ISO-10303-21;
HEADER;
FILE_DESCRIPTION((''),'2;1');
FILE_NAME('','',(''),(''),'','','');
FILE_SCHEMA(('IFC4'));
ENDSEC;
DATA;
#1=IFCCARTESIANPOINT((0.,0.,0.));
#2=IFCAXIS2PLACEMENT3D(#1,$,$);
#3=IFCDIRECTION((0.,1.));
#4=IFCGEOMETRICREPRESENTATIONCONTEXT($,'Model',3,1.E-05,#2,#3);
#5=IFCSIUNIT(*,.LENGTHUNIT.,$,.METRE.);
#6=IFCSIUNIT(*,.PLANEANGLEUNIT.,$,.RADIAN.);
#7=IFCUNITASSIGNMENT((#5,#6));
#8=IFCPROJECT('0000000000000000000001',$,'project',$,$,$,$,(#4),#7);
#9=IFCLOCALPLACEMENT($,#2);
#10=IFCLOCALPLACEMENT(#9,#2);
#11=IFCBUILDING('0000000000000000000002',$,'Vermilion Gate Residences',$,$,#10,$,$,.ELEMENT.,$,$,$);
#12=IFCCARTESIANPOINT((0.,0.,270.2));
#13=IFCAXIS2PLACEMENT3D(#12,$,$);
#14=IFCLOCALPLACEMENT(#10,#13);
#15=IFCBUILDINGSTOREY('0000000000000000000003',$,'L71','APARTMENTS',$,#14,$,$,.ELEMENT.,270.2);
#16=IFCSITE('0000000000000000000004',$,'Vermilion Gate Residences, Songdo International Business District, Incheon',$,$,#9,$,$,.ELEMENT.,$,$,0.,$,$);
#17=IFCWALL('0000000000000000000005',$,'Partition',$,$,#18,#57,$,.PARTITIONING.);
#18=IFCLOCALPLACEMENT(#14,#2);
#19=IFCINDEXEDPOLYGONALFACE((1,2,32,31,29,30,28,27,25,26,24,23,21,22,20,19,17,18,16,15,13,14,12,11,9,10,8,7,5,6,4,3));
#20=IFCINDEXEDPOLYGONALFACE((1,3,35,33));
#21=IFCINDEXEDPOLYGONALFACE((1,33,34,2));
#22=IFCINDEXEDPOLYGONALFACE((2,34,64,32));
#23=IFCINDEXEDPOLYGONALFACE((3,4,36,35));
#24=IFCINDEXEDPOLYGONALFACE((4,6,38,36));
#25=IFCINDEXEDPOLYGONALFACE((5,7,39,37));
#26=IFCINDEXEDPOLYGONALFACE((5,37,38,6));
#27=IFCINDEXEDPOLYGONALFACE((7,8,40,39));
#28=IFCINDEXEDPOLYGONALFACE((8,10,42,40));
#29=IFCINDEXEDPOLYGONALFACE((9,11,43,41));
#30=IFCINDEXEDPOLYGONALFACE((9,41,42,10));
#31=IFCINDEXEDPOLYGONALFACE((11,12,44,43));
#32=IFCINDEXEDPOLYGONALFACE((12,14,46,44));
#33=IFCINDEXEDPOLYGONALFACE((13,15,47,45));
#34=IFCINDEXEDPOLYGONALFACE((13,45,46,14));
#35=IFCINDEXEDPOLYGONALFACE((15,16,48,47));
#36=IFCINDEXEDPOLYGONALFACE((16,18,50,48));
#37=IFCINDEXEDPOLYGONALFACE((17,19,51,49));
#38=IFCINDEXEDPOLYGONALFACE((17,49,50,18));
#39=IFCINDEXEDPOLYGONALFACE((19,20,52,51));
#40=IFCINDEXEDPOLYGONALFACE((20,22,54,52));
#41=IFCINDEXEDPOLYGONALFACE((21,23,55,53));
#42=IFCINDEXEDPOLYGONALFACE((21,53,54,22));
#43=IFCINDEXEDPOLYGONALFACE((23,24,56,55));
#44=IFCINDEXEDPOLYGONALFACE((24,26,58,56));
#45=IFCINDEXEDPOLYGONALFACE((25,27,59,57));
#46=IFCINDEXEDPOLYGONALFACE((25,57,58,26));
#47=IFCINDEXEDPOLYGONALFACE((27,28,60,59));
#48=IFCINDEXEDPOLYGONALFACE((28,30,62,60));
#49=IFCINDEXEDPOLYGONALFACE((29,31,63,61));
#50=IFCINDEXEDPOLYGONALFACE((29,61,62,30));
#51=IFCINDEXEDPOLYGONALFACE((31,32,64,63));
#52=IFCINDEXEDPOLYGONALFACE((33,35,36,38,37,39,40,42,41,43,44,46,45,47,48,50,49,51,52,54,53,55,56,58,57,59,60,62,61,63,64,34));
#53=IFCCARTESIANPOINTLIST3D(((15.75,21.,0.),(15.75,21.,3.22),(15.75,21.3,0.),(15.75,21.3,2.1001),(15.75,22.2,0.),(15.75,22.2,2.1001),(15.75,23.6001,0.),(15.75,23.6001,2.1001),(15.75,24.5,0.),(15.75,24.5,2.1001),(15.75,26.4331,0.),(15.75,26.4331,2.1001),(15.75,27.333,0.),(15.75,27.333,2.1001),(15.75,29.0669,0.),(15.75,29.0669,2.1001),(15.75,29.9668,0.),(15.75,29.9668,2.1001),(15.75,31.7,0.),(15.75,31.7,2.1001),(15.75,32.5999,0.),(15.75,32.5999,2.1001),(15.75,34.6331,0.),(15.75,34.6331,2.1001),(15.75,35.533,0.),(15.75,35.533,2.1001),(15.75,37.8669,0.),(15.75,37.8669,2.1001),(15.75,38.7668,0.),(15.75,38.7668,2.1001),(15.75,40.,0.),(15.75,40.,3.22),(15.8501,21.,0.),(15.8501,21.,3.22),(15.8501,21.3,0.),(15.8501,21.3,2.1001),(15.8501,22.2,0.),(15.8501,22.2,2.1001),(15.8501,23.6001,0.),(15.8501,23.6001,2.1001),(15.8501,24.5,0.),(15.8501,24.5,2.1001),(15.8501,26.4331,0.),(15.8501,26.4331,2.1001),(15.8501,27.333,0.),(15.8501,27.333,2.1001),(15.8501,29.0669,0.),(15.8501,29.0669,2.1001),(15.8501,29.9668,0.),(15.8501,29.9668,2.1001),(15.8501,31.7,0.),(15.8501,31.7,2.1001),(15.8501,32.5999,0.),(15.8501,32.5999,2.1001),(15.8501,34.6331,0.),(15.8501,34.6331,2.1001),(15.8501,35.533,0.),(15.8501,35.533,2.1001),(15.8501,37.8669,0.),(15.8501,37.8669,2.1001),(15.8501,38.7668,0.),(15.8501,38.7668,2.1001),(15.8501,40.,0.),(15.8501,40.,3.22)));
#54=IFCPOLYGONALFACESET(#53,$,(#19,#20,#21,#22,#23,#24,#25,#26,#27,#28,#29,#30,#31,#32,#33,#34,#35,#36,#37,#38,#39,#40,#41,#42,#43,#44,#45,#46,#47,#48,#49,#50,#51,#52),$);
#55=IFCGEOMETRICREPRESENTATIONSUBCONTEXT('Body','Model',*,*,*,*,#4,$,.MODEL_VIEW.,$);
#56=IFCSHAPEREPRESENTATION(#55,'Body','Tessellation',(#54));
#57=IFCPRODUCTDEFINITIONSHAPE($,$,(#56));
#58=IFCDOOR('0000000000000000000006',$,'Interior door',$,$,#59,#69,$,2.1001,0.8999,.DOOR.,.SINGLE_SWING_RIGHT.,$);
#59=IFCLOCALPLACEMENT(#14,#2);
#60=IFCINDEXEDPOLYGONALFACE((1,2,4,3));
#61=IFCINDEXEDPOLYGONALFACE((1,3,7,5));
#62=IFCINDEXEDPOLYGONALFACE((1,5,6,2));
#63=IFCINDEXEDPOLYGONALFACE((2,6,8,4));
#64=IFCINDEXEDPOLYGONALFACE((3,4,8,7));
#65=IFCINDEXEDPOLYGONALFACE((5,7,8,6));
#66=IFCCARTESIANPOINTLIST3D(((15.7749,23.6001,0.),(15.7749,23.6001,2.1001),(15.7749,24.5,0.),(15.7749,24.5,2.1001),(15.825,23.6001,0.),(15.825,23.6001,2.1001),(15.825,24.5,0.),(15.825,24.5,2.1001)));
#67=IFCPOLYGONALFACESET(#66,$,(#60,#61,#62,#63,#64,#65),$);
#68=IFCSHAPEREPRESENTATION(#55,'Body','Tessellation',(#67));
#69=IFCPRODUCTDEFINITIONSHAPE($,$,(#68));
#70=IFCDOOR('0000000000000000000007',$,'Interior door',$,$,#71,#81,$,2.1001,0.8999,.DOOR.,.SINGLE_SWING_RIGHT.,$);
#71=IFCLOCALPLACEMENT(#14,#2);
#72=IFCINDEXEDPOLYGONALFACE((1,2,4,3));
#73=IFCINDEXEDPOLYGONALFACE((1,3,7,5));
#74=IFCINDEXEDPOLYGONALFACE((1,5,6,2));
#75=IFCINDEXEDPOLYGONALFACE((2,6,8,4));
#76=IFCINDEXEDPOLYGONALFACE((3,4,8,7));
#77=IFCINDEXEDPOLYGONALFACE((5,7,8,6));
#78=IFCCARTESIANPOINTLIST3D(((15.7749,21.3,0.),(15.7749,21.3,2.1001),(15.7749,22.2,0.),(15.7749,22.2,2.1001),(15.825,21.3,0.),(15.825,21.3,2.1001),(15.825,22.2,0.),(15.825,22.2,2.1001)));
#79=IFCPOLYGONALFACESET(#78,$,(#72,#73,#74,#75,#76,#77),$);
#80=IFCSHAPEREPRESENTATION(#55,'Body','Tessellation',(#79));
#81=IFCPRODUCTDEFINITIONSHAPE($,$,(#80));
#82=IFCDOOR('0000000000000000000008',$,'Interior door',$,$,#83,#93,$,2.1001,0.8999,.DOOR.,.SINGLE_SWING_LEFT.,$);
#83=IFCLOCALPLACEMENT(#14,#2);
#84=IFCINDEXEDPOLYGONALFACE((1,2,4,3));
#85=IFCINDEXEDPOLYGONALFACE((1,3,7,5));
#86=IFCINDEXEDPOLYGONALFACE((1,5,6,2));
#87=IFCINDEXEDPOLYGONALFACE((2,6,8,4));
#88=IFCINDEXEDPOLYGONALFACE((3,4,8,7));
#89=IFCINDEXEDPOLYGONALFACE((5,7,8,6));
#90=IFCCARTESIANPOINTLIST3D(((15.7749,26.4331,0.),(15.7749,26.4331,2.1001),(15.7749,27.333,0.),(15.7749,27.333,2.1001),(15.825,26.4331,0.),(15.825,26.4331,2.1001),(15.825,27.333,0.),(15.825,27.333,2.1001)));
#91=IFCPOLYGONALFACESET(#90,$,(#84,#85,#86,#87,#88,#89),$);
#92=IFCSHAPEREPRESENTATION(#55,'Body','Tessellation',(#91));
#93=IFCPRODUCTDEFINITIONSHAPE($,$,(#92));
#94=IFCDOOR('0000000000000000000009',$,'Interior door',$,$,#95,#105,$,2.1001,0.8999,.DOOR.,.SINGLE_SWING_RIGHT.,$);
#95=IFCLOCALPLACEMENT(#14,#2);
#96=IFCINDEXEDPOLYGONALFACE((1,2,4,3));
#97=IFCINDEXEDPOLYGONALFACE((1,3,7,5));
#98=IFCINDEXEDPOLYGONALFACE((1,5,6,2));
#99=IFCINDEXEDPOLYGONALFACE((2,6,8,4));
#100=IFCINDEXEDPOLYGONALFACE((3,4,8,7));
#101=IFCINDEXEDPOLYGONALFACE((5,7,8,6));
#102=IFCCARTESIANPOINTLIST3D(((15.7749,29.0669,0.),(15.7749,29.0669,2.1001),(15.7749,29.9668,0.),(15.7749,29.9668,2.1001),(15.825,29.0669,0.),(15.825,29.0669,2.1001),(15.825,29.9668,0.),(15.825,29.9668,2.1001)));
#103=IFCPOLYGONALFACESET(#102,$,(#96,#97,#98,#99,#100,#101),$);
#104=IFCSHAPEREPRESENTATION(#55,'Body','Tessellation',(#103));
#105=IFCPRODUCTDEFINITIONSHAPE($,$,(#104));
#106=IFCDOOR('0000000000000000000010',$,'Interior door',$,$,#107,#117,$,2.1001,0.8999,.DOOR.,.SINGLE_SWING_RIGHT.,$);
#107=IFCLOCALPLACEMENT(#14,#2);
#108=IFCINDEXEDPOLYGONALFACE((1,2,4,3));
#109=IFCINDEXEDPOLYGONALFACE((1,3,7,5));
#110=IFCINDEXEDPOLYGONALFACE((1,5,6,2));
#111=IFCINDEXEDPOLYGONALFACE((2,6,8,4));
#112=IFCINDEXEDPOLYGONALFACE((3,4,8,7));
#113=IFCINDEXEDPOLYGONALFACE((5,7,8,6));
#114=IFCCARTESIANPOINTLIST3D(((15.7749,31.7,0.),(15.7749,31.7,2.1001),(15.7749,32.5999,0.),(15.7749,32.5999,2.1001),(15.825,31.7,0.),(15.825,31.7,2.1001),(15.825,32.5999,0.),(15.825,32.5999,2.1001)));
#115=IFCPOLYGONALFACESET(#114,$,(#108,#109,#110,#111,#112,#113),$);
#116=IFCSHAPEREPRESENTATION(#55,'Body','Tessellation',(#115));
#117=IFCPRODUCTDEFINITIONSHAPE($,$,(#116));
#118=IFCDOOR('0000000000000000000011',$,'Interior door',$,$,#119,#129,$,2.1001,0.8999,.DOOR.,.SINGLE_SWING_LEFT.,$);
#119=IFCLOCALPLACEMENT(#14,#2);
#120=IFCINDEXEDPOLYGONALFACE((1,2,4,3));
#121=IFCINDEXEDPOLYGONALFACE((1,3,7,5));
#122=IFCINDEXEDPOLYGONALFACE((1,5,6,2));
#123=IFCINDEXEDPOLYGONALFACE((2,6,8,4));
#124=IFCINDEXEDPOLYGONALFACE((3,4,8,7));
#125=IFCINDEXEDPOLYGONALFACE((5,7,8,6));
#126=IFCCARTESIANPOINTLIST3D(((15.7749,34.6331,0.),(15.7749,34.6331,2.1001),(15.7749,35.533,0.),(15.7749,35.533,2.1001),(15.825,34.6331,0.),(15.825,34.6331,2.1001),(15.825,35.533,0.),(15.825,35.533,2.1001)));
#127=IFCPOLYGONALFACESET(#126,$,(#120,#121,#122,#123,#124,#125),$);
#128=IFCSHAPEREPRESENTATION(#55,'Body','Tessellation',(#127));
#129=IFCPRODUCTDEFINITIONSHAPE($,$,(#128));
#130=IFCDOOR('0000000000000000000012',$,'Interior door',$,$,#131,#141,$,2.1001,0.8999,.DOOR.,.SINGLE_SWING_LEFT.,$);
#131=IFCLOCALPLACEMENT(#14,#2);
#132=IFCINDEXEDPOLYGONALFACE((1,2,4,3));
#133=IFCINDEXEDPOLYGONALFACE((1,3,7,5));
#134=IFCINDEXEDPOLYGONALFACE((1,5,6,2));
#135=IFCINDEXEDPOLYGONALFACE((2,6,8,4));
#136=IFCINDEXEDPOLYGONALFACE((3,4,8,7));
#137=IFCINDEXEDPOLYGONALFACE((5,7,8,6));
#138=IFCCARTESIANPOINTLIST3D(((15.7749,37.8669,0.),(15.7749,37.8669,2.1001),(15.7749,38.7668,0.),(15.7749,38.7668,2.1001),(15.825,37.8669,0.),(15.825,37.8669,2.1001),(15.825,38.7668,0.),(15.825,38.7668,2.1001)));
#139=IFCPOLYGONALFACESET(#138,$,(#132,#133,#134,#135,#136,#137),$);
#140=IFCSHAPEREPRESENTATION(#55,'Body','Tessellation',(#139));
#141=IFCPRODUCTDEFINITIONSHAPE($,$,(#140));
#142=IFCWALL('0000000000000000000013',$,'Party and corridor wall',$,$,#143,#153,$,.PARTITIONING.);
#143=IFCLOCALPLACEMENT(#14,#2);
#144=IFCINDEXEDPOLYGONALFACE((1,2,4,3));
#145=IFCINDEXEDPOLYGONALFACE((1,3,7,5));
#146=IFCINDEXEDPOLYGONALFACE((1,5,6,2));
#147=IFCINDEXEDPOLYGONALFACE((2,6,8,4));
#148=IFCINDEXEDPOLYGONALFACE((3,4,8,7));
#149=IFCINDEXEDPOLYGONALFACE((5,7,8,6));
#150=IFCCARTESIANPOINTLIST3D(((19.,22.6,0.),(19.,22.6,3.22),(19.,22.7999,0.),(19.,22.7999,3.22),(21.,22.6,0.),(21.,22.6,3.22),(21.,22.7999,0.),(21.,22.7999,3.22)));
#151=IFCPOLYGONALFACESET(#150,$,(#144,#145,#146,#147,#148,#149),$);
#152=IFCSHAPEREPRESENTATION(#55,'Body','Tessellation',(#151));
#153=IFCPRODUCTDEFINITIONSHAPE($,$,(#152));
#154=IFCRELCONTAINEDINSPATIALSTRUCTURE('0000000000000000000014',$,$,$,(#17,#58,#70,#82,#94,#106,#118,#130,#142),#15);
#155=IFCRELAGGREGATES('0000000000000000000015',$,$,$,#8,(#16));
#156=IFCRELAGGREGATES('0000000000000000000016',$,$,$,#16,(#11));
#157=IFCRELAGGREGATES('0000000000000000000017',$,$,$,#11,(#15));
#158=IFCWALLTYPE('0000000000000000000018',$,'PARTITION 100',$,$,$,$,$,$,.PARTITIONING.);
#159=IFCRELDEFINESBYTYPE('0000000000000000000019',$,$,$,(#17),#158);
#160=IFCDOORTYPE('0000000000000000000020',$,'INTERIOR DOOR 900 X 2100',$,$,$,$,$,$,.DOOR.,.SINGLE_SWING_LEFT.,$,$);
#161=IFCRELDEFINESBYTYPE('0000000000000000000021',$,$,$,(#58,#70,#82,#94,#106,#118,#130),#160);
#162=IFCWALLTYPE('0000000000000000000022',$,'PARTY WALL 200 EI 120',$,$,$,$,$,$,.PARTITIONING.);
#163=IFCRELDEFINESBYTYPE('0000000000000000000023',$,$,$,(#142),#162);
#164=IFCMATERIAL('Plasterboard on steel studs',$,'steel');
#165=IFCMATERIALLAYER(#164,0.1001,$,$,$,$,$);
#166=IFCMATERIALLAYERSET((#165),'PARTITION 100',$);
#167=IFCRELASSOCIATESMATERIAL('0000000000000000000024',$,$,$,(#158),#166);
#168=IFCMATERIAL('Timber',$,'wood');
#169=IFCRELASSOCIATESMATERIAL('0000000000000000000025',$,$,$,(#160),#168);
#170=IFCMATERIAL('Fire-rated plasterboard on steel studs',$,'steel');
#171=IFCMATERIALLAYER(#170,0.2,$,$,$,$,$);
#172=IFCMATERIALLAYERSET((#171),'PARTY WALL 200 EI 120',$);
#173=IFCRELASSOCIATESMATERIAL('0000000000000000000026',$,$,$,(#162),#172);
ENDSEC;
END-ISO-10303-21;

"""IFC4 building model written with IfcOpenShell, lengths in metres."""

from ifc_helpers import new_model, si_unit, direction, frame, frame_2d, origin, place, context, subcontext, project, spatial, rectangle, extrude, material, layer, layer_set, type_object, element, fill, save


model = new_model("IFC4")

# Units and contexts
model_context = context("Model", 3, precision=1e-05, world=origin(), true_north=direction((0.0, 1.0)))
body_context = subcontext(model_context, "Body", "Model", "MODEL_VIEW")
ifc_project = project(units=[si_unit("LENGTHUNIT", "METRE"), si_unit("PLANEANGLEUNIT", "RADIAN")], contexts=[model_context])

# Site, building, storey
site_placement = place(None, origin())
site = spatial("IfcSite", under=ifc_project, at=site_placement, Name="Vermilion Gate Residences, Songdo International Business District, Incheon", CompositionType="ELEMENT", RefElevation=0.0)
building_placement = place(site_placement, origin())
building = spatial("IfcBuilding", under=site, at=building_placement, Name="Vermilion Gate Residences", CompositionType="ELEMENT")
storey_placement = place(building_placement, frame((0.0, 0.0, 270.2)))
storey = spatial("IfcBuildingStorey", under=building, at=storey_placement, Name="L71", Description="APARTMENTS", CompositionType="ELEMENT", Elevation=270.2)

# Shared definitions
ifc_material_1 = material(Name="Plasterboard on steel studs", Category="steel")
ifc_layer_1 = layer(ifc_material_1, 0.1001)
ifc_layer_set_1 = layer_set([ifc_layer_1], Name="PARTITION 100")
wall_type_1 = type_object("IfcWallType", Name="PARTITION 100", PredefinedType="PARTITIONING", material=ifc_layer_set_1)

# Wall, openings, doors
ifc_material_2 = material(Name="Timber", Category="wood")
door_type_1 = type_object("IfcDoorType", Name="INTERIOR DOOR 900 X 2100", OperationType="SINGLE_SWING_LEFT", PredefinedType="DOOR", material=ifc_material_2)
wall_1_placement = place(storey_placement, frame((15.8, 21.0, 0.0), z_axis=(0.0, 0.0, 1.0), x_axis=(0.0, 1.0, 0.0)))
wall_1 = element("IfcWall", 1, at=wall_1_placement, inside=storey, type_object=wall_type_1, Name="Partition", PredefinedType="PARTITIONING", context=body_context, shape_type="SweptSolid", body=[
    extrude(rectangle(XDim=19.0, YDim=0.1001, at=frame_2d((9.5, 0.0))), origin(), (0.0, 0.0, 1.0), 3.22),
])
opening_1_placement = place(wall_1_placement, frame((2.6001, 0.0, 0.0)))
opening_1 = element("IfcOpeningElement", 2, at=opening_1_placement, cuts=wall_1, PredefinedType="OPENING", context=body_context, shape_type="SweptSolid", body=[
    extrude(rectangle(XDim=0.8999, YDim=2.1001, at=frame_2d((0.45, 1.05))), frame((0.0, 0.0601, 0.0), z_axis=(0.0, -1.0, 0.0), x_axis=(1.0, 0.0, 0.0)), (0.0, 0.0, 1.0), 0.1201),
])
opening_2_placement = place(wall_1_placement, frame((0.3, 0.0, 0.0)))
opening_2 = element("IfcOpeningElement", 3, at=opening_2_placement, cuts=wall_1, PredefinedType="OPENING", context=body_context, shape_type="SweptSolid", body=[
    extrude(rectangle(XDim=0.8999, YDim=2.1001, at=frame_2d((0.45, 1.05))), frame((0.0, 0.0601, 0.0), z_axis=(0.0, -1.0, 0.0), x_axis=(1.0, 0.0, 0.0)), (0.0, 0.0, 1.0), 0.1201),
])
opening_3_placement = place(wall_1_placement, frame((5.4331, 0.0, 0.0)))
opening_3 = element("IfcOpeningElement", 4, at=opening_3_placement, cuts=wall_1, PredefinedType="OPENING", context=body_context, shape_type="SweptSolid", body=[
    extrude(rectangle(XDim=0.8999, YDim=2.1001, at=frame_2d((0.45, 1.05))), frame((0.0, 0.0601, 0.0), z_axis=(0.0, -1.0, 0.0), x_axis=(1.0, 0.0, 0.0)), (0.0, 0.0, 1.0), 0.1201),
])
opening_4_placement = place(wall_1_placement, frame((8.0669, 0.0, 0.0)))
opening_4 = element("IfcOpeningElement", 5, at=opening_4_placement, cuts=wall_1, PredefinedType="OPENING", context=body_context, shape_type="SweptSolid", body=[
    extrude(rectangle(XDim=0.8999, YDim=2.1001, at=frame_2d((0.45, 1.05))), frame((0.0, 0.0601, 0.0), z_axis=(0.0, -1.0, 0.0), x_axis=(1.0, 0.0, 0.0)), (0.0, 0.0, 1.0), 0.1201),
])
opening_5_placement = place(wall_1_placement, frame((10.7, 0.0, 0.0)))
opening_5 = element("IfcOpeningElement", 6, at=opening_5_placement, cuts=wall_1, PredefinedType="OPENING", context=body_context, shape_type="SweptSolid", body=[
    extrude(rectangle(XDim=0.8999, YDim=2.1001, at=frame_2d((0.45, 1.05))), frame((0.0, 0.0601, 0.0), z_axis=(0.0, -1.0, 0.0), x_axis=(1.0, 0.0, 0.0)), (0.0, 0.0, 1.0), 0.1201),
])
opening_6_placement = place(wall_1_placement, frame((13.6331, 0.0, 0.0)))
opening_6 = element("IfcOpeningElement", 7, at=opening_6_placement, cuts=wall_1, PredefinedType="OPENING", context=body_context, shape_type="SweptSolid", body=[
    extrude(rectangle(XDim=0.8999, YDim=2.1001, at=frame_2d((0.45, 1.05))), frame((0.0, 0.0601, 0.0), z_axis=(0.0, -1.0, 0.0), x_axis=(1.0, 0.0, 0.0)), (0.0, 0.0, 1.0), 0.1201),
])
opening_7_placement = place(wall_1_placement, frame((16.8669, 0.0, 0.0)))
opening_7 = element("IfcOpeningElement", 8, at=opening_7_placement, cuts=wall_1, PredefinedType="OPENING", context=body_context, shape_type="SweptSolid", body=[
    extrude(rectangle(XDim=0.8999, YDim=2.1001, at=frame_2d((0.45, 1.05))), frame((0.0, 0.0601, 0.0), z_axis=(0.0, -1.0, 0.0), x_axis=(1.0, 0.0, 0.0)), (0.0, 0.0, 1.0), 0.1201),
])
door_1_placement = place(opening_1_placement, frame((0.8999, 0.0, 0.0), z_axis=(0.0, 0.0, 1.0), x_axis=(-1.0, 0.0, 0.0)))
door_1 = element("IfcDoor", 9, at=door_1_placement, inside=storey, type_object=door_type_1, Name="Interior door", OperationType="SINGLE_SWING_RIGHT", OverallHeight=2.1001, OverallWidth=0.8999, PredefinedType="DOOR", context=body_context, shape_type="SweptSolid", body=[
    extrude(rectangle(XDim=0.8999, YDim=2.1001, at=frame_2d((0.45, 1.05))), frame((0.0, 0.0249, 0.0), z_axis=(0.0, -1.0, 0.0), x_axis=(1.0, 0.0, 0.0)), (0.0, 0.0, 1.0), 0.05),
])
fill(opening_1, door_1)
door_2_placement = place(opening_2_placement, frame((0.8999, 0.0, 0.0), z_axis=(0.0, 0.0, 1.0), x_axis=(-1.0, 0.0, 0.0)))
door_2 = element("IfcDoor", 10, at=door_2_placement, inside=storey, type_object=door_type_1, Name="Interior door", OperationType="SINGLE_SWING_RIGHT", OverallHeight=2.1001, OverallWidth=0.8999, PredefinedType="DOOR", context=body_context, shape_type="SweptSolid", body=[
    extrude(rectangle(XDim=0.8999, YDim=2.1001, at=frame_2d((0.45, 1.05))), frame((0.0, 0.0249, 0.0), z_axis=(0.0, -1.0, 0.0), x_axis=(1.0, 0.0, 0.0)), (0.0, 0.0, 1.0), 0.05),
])
fill(opening_2, door_2)
door_3_placement = place(opening_3_placement, frame((0.8999, 0.0, 0.0), z_axis=(0.0, 0.0, 1.0), x_axis=(-1.0, 0.0, 0.0)))
door_3 = element("IfcDoor", 11, at=door_3_placement, inside=storey, type_object=door_type_1, Name="Interior door", OperationType="SINGLE_SWING_LEFT", OverallHeight=2.1001, OverallWidth=0.8999, PredefinedType="DOOR", context=body_context, shape_type="SweptSolid", body=[
    extrude(rectangle(XDim=0.8999, YDim=2.1001, at=frame_2d((0.45, 1.05))), frame((0.0, 0.0249, 0.0), z_axis=(0.0, -1.0, 0.0), x_axis=(1.0, 0.0, 0.0)), (0.0, 0.0, 1.0), 0.05),
])
fill(opening_3, door_3)
door_4_placement = place(opening_4_placement, frame((0.8999, 0.0, 0.0), z_axis=(0.0, 0.0, 1.0), x_axis=(-1.0, 0.0, 0.0)))
door_4 = element("IfcDoor", 12, at=door_4_placement, inside=storey, type_object=door_type_1, Name="Interior door", OperationType="SINGLE_SWING_RIGHT", OverallHeight=2.1001, OverallWidth=0.8999, PredefinedType="DOOR", context=body_context, shape_type="SweptSolid", body=[
    extrude(rectangle(XDim=0.8999, YDim=2.1001, at=frame_2d((0.45, 1.05))), frame((0.0, 0.0249, 0.0), z_axis=(0.0, -1.0, 0.0), x_axis=(1.0, 0.0, 0.0)), (0.0, 0.0, 1.0), 0.05),
])
fill(opening_4, door_4)
door_5_placement = place(opening_5_placement, frame((0.8999, 0.0, 0.0), z_axis=(0.0, 0.0, 1.0), x_axis=(-1.0, 0.0, 0.0)))
door_5 = element("IfcDoor", 13, at=door_5_placement, inside=storey, type_object=door_type_1, Name="Interior door", OperationType="SINGLE_SWING_RIGHT", OverallHeight=2.1001, OverallWidth=0.8999, PredefinedType="DOOR", context=body_context, shape_type="SweptSolid", body=[
    extrude(rectangle(XDim=0.8999, YDim=2.1001, at=frame_2d((0.45, 1.05))), frame((0.0, 0.0249, 0.0), z_axis=(0.0, -1.0, 0.0), x_axis=(1.0, 0.0, 0.0)), (0.0, 0.0, 1.0), 0.05),
])
fill(opening_5, door_5)
door_6_placement = place(opening_6_placement, frame((0.8999, 0.0, 0.0), z_axis=(0.0, 0.0, 1.0), x_axis=(-1.0, 0.0, 0.0)))
door_6 = element("IfcDoor", 14, at=door_6_placement, inside=storey, type_object=door_type_1, Name="Interior door", OperationType="SINGLE_SWING_LEFT", OverallHeight=2.1001, OverallWidth=0.8999, PredefinedType="DOOR", context=body_context, shape_type="SweptSolid", body=[
    extrude(rectangle(XDim=0.8999, YDim=2.1001, at=frame_2d((0.45, 1.05))), frame((0.0, 0.0249, 0.0), z_axis=(0.0, -1.0, 0.0), x_axis=(1.0, 0.0, 0.0)), (0.0, 0.0, 1.0), 0.05),
])
fill(opening_6, door_6)
door_7_placement = place(opening_7_placement, frame((0.8999, 0.0, 0.0), z_axis=(0.0, 0.0, 1.0), x_axis=(-1.0, 0.0, 0.0)))
door_7 = element("IfcDoor", 15, at=door_7_placement, inside=storey, type_object=door_type_1, Name="Interior door", OperationType="SINGLE_SWING_LEFT", OverallHeight=2.1001, OverallWidth=0.8999, PredefinedType="DOOR", context=body_context, shape_type="SweptSolid", body=[
    extrude(rectangle(XDim=0.8999, YDim=2.1001, at=frame_2d((0.45, 1.05))), frame((0.0, 0.0249, 0.0), z_axis=(0.0, -1.0, 0.0), x_axis=(1.0, 0.0, 0.0)), (0.0, 0.0, 1.0), 0.05),
])
fill(opening_7, door_7)

# Wall
ifc_material_3 = material(Name="Fire-rated plasterboard on steel studs", Category="steel")
ifc_layer_2 = layer(ifc_material_3, 0.2)
ifc_layer_set_2 = layer_set([ifc_layer_2], Name="PARTY WALL 200 EI 120")
wall_type_2 = type_object("IfcWallType", Name="PARTY WALL 200 EI 120", PredefinedType="PARTITIONING", material=ifc_layer_set_2)
wall_2_placement = place(storey_placement, frame((19.0, 22.7, 0.0), z_axis=(0.0, 0.0, 1.0), x_axis=(1.0, 0.0, 0.0)))
element("IfcWall", 16, at=wall_2_placement, inside=storey, type_object=wall_type_2, Name="Party and corridor wall", PredefinedType="PARTITIONING", context=body_context, shape_type="SweptSolid", body=[
    extrude(rectangle(XDim=2.0, YDim=0.2, at=frame_2d((1.0, 0.0))), origin(), (0.0, 0.0, 1.0), 3.22),
])

save(model, "model.ifc")
